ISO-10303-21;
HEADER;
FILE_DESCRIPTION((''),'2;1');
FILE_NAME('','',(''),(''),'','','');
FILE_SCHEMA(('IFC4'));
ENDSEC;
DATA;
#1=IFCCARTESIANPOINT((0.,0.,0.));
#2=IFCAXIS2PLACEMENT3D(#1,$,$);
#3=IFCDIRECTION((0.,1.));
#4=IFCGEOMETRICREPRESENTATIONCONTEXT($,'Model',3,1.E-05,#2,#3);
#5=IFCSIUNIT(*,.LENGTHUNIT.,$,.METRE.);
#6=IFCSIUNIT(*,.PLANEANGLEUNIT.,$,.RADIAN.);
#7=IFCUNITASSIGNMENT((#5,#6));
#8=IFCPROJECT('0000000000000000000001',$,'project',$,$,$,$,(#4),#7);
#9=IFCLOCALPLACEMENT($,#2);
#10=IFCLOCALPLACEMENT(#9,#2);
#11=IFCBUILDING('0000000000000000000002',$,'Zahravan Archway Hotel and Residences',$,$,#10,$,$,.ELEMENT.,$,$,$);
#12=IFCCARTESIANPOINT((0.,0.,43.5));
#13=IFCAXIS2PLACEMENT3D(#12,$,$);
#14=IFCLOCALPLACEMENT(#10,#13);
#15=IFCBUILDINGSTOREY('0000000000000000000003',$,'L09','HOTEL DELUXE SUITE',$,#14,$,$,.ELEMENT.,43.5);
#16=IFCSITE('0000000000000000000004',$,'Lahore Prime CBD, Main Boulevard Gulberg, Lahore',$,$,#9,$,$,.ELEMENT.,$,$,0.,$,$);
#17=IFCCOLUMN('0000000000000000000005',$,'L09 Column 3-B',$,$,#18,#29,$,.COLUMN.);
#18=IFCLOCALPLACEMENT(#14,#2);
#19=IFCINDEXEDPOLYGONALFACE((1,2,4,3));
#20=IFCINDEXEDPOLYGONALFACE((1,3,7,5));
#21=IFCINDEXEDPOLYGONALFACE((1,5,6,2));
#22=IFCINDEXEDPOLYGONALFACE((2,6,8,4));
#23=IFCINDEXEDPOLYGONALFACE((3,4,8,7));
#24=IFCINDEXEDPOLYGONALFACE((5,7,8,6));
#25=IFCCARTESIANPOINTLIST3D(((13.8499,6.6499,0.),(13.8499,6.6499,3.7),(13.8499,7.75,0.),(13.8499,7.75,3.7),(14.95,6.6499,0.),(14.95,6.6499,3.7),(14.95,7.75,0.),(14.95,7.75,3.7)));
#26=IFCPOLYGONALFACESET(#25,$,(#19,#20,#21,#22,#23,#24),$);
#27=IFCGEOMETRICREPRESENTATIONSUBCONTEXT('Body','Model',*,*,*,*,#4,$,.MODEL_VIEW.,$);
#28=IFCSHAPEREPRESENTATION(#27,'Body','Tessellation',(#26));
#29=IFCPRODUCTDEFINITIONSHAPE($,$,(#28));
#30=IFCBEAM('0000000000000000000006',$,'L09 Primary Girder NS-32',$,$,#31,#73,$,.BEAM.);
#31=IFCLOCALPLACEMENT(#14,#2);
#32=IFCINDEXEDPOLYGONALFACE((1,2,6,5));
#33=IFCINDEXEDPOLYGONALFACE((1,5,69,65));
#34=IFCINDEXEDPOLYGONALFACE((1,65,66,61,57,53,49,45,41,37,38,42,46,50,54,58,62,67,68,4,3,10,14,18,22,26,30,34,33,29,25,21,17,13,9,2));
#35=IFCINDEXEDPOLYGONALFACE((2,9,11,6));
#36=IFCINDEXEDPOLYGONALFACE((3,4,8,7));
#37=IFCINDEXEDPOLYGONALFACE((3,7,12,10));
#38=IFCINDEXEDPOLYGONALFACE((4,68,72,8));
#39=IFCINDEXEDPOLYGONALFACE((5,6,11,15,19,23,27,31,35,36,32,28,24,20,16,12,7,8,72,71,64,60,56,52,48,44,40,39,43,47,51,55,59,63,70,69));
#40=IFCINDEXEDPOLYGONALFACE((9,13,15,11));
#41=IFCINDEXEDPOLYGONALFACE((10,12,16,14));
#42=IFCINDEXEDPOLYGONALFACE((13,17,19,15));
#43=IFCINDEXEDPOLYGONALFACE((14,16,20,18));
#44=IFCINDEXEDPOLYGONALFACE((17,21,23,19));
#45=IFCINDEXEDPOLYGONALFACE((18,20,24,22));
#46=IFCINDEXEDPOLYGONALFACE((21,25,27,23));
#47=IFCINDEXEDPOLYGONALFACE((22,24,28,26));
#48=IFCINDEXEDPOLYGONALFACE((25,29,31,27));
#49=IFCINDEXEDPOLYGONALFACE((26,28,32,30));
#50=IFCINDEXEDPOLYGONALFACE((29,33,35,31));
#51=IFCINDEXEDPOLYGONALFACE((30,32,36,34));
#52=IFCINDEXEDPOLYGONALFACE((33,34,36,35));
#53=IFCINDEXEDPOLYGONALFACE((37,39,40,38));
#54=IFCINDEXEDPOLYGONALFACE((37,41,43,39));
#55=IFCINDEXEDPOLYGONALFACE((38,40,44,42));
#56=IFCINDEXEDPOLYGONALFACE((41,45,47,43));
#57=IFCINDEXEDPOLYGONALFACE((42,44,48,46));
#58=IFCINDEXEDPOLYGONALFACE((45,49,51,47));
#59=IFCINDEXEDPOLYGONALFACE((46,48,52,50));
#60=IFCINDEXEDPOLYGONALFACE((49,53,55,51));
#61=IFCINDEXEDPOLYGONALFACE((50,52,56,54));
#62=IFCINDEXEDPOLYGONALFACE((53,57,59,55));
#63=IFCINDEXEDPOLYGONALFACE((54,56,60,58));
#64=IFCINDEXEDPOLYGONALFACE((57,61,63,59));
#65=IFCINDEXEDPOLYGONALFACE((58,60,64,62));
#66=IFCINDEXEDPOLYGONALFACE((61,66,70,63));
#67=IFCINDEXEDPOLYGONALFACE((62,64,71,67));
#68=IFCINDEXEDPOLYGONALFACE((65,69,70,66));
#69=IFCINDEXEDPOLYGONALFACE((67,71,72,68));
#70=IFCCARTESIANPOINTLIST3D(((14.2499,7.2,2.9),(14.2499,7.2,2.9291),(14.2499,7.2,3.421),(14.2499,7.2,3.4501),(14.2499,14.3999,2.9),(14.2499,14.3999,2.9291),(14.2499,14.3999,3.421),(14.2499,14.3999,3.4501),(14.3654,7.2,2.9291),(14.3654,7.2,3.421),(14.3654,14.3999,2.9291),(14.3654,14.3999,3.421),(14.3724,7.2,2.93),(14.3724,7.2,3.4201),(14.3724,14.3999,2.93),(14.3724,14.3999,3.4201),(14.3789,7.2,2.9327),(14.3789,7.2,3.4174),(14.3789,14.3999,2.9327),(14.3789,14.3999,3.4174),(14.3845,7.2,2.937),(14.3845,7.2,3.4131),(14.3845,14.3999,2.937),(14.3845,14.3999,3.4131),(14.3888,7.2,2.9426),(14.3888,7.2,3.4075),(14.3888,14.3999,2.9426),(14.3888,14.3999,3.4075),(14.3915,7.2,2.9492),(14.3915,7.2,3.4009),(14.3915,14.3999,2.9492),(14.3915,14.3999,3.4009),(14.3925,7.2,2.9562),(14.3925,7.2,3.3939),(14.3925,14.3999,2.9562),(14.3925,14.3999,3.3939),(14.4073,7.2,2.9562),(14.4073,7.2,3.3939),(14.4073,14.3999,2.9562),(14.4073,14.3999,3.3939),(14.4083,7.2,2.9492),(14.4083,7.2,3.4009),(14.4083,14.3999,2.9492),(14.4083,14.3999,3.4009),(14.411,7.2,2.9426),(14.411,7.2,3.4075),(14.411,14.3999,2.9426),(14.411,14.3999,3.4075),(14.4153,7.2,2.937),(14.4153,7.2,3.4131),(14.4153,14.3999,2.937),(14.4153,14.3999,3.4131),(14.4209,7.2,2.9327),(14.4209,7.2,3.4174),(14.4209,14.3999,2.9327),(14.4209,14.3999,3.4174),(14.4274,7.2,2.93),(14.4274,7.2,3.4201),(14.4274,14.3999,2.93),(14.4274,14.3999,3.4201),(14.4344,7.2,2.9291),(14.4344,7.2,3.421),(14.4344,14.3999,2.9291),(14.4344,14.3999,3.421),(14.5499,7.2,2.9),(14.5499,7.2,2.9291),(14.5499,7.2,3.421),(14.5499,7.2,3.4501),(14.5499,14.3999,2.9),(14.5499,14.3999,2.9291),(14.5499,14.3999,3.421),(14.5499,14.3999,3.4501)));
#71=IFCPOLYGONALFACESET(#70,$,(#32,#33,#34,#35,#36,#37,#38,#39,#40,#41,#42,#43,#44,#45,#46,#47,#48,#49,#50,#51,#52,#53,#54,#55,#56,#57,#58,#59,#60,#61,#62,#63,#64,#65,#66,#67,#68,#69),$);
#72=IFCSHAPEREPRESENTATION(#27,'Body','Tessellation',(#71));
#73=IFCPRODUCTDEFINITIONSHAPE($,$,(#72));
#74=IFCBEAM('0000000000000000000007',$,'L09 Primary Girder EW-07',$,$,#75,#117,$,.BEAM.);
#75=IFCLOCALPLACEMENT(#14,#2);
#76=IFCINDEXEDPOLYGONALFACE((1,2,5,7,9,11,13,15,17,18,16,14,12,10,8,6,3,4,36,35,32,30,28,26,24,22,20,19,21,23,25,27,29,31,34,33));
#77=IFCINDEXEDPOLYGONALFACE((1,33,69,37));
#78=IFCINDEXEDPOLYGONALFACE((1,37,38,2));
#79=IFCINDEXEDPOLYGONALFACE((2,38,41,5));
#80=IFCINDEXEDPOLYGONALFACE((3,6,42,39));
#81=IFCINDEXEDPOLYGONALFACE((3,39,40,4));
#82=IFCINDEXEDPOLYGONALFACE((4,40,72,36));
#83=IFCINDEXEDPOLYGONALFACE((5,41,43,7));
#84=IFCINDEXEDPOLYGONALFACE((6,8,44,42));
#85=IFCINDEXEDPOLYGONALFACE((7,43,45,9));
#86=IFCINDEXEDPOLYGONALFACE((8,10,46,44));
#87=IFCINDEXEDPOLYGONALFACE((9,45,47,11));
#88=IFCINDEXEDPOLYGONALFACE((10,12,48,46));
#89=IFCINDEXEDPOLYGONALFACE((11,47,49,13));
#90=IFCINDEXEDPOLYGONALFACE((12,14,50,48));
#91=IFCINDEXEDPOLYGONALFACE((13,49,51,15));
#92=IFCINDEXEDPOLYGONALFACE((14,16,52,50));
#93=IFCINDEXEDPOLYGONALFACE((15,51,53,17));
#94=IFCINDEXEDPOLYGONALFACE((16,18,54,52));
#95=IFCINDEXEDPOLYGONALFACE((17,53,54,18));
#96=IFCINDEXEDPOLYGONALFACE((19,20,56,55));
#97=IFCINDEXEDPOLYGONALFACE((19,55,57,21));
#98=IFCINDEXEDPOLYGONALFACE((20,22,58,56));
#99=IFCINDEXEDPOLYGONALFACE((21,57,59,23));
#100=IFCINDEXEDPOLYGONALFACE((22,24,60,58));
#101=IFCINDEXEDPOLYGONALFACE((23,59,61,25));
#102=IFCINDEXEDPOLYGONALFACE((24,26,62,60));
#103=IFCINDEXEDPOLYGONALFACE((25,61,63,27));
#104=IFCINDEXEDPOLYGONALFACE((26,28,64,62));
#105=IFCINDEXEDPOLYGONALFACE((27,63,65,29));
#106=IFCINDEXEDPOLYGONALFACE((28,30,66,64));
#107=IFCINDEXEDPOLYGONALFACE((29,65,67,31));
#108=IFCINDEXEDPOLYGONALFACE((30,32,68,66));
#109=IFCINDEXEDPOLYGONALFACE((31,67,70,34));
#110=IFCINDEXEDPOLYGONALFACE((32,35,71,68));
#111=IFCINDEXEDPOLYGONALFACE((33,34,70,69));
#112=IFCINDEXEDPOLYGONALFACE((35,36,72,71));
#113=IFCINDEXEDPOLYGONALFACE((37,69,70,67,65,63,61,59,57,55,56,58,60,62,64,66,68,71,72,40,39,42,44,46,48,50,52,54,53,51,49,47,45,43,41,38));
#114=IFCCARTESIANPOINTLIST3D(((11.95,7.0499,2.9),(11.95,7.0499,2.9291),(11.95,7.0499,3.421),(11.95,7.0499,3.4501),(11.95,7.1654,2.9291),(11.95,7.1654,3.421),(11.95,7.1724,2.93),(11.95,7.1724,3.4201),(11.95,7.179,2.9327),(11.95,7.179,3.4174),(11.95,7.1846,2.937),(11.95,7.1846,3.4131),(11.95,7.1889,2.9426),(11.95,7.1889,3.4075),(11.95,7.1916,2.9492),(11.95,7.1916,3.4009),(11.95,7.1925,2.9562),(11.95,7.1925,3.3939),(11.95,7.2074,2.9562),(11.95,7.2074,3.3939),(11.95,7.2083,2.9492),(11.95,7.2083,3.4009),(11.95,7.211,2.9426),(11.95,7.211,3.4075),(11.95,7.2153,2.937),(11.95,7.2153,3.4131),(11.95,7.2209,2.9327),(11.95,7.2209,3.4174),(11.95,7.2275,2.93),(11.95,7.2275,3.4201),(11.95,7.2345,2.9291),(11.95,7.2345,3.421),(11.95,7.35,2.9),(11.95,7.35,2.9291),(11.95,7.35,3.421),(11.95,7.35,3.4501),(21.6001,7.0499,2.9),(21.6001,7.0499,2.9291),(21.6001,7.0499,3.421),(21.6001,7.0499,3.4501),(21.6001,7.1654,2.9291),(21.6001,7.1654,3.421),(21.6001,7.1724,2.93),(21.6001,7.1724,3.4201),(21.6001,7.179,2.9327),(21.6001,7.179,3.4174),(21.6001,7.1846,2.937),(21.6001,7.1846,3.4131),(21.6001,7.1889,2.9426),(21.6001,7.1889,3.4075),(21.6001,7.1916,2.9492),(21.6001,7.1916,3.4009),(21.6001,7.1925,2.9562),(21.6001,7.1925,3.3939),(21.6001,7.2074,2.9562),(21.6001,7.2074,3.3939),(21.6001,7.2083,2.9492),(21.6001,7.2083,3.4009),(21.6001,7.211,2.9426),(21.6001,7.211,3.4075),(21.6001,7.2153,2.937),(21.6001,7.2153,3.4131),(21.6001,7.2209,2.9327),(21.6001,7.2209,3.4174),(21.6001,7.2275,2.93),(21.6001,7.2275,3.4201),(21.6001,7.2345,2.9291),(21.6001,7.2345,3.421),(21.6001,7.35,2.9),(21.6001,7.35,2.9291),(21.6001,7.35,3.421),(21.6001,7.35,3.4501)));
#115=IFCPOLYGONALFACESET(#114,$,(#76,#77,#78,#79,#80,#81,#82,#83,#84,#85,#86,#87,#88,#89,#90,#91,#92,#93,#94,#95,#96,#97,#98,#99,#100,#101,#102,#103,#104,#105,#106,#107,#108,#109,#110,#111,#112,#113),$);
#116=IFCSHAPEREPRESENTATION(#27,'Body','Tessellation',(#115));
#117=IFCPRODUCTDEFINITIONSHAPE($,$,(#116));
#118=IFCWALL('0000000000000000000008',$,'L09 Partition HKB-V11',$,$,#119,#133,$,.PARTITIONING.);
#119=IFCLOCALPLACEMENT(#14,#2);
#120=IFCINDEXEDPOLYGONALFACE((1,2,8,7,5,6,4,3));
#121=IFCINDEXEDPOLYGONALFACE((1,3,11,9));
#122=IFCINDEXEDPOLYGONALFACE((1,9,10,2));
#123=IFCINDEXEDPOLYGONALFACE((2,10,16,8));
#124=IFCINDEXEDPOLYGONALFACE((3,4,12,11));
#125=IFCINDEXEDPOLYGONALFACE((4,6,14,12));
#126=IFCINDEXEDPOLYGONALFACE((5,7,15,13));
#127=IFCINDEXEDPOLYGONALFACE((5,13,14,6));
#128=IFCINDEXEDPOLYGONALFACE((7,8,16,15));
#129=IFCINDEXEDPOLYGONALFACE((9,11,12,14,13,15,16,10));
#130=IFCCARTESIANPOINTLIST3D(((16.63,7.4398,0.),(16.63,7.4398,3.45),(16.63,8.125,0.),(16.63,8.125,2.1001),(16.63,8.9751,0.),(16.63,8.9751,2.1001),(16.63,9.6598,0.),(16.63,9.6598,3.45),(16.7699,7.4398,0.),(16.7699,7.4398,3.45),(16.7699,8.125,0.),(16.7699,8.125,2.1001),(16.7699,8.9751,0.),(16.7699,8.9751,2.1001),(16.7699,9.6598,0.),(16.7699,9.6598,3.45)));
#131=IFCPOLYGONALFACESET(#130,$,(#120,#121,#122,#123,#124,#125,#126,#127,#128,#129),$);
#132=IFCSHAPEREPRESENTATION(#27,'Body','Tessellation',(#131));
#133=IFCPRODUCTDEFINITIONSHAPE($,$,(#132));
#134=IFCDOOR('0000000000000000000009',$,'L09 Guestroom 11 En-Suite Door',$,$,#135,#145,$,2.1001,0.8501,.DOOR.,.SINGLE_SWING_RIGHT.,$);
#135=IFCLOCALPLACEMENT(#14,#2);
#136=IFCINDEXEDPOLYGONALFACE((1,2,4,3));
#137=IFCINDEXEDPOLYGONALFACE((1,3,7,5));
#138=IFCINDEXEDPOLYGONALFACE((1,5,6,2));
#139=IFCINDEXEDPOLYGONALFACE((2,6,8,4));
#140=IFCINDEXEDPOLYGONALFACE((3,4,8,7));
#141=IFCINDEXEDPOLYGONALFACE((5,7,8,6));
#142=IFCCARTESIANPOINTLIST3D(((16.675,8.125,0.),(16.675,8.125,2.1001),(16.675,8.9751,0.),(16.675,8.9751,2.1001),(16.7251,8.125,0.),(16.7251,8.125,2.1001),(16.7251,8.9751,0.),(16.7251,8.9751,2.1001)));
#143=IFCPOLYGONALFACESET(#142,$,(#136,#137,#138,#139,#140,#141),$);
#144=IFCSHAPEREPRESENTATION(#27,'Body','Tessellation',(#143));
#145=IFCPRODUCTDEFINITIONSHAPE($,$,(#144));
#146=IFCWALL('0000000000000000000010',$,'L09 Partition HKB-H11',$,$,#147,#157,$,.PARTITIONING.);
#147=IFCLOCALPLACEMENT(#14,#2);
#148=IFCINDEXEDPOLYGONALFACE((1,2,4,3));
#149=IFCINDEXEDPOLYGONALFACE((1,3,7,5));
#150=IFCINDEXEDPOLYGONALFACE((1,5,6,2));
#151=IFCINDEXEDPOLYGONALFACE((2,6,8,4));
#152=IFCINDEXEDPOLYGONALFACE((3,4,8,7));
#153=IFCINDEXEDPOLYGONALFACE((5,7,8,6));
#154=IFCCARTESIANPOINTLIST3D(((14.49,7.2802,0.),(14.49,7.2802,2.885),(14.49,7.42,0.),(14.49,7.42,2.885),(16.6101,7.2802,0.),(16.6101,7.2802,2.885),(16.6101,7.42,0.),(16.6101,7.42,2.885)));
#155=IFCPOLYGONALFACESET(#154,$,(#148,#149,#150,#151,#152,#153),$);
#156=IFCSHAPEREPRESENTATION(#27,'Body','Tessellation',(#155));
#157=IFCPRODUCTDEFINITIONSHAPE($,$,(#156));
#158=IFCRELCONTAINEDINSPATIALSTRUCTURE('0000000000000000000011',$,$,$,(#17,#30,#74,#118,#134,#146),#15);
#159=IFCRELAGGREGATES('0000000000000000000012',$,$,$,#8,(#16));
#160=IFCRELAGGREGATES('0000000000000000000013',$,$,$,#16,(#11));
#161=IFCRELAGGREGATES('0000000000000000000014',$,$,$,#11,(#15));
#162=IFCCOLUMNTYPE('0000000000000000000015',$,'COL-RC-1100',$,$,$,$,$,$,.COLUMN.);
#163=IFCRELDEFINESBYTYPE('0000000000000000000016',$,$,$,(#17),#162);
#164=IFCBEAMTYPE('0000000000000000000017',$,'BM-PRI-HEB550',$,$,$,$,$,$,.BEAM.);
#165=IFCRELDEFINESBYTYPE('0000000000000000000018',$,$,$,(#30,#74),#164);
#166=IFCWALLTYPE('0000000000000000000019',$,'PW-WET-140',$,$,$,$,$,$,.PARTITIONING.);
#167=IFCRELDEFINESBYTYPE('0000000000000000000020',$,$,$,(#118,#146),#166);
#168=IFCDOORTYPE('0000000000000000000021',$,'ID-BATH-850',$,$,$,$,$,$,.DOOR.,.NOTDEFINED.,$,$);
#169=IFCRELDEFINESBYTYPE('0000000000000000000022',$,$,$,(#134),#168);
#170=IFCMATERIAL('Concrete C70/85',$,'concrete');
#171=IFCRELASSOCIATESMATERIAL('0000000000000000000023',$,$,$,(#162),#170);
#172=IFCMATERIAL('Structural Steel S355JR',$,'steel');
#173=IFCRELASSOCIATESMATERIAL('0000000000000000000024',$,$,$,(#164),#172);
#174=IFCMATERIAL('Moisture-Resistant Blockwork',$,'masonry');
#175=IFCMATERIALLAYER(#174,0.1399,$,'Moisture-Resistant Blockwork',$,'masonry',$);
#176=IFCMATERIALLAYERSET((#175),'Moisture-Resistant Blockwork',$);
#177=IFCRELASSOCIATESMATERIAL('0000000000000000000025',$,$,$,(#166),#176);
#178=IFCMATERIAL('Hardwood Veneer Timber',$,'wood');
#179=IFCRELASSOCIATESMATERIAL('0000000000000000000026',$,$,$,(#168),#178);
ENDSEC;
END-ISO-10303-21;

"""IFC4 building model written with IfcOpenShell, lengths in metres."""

from ifc_helpers import new_model, si_unit, direction, frame, frame_2d, origin, origin_2d, place, context, subcontext, project, spatial, rectangle, i_section, extrude, source, transform, mapped, material, layer, layer_set, material_profile, profile_set, type_object, type_shapes, element, fill, save


model = new_model("IFC4")

# Units and contexts
model_context = context("Model", 3, precision=1e-05, world=origin(), true_north=direction((0.0, 1.0)))
body_context = subcontext(model_context, "Body", "Model", "MODEL_VIEW")
ifc_project = project(units=[si_unit("LENGTHUNIT", "METRE"), si_unit("PLANEANGLEUNIT", "RADIAN")], contexts=[model_context])

# Site, building, storey
site_placement = place(None, origin())
site = spatial("IfcSite", under=ifc_project, at=site_placement, Name="Lahore Prime CBD, Main Boulevard Gulberg, Lahore", CompositionType="ELEMENT", RefElevation=0.0)
building_placement = place(site_placement, origin())
building = spatial("IfcBuilding", under=site, at=building_placement, Name="Zahravan Archway Hotel and Residences", CompositionType="ELEMENT")
storey_placement = place(building_placement, frame((0.0, 0.0, 43.5)))
storey = spatial("IfcBuildingStorey", under=building, at=storey_placement, Name="L09", Description="HOTEL DELUXE SUITE", CompositionType="ELEMENT", Elevation=43.5)

# Column
ifc_material_1 = material(Name="Concrete C70/85", Category="concrete")
ifc_material_profile_1 = material_profile(ifc_material_1, rectangle(XDim=1.1001, YDim=1.1001, at=origin_2d()), Name="RC 1100x1100", Category="concrete")
ifc_profile_set_1 = profile_set([ifc_material_profile_1], Name="Concrete C70/85")
column_type = type_object("IfcColumnType", Name="COL-RC-1100", PredefinedType="COLUMN", material=ifc_profile_set_1)
shared_shape_1 = source(origin(), body_context, "Body", "SweptSolid", [
    extrude(rectangle(XDim=1.1001, YDim=1.1001, at=origin_2d()), origin(), (0.0, 0.0, 1.0), 3.7),
])
column_placement = place(storey_placement, frame((14.3999, 7.2, 0.0), z_axis=(0.0, 0.0, 1.0), x_axis=(1.0, 0.0, 0.0)))
element("IfcColumn", 1, at=column_placement, inside=storey, type_object=column_type, Name="L09 Column 3-B", PredefinedType="COLUMN", context=body_context, shape_type="MappedRepresentation", body=[
    mapped(shared_shape_1, transform((0.0, 0.0, 0.0), scale=1.0)),
])

# Beams
ifc_material_2 = material(Name="Structural Steel S355JR", Category="steel")
ifc_material_profile_2 = material_profile(ifc_material_2, i_section(OverallWidth=0.3, OverallDepth=0.55, WebThickness=0.0149, FlangeThickness=0.0291, FilletRadius=0.0271, at=origin_2d()), Name="HEB 550", Category="steel")
ifc_profile_set_2 = profile_set([ifc_material_profile_2], Name="Structural Steel S355JR")
beam_type = type_object("IfcBeamType", Name="BM-PRI-HEB550", PredefinedType="BEAM", material=ifc_profile_set_2)
shared_shape_2 = source(origin(), body_context, "Body", "SweptSolid", [
    extrude(i_section(OverallWidth=0.3, OverallDepth=0.55, WebThickness=0.0149, FlangeThickness=0.0291, FilletRadius=0.0271, at=origin_2d()), origin(), (0.0, 0.0, 1.0), 7.2),
])
beam_1_placement = place(storey_placement, frame((14.3999, 7.2, 3.175), z_axis=(0.0, 1.0, 0.0), x_axis=(-1.0, 0.0, 0.0)))
element("IfcBeam", 2, at=beam_1_placement, inside=storey, type_object=beam_type, Name="L09 Primary Girder NS-32", PredefinedType="BEAM", context=body_context, shape_type="MappedRepresentation", body=[
    mapped(shared_shape_2, transform((0.0, 0.0, 0.0), scale=1.0)),
])
shared_shape_3 = source(origin(), body_context, "Body", "SweptSolid", [
    extrude(i_section(OverallWidth=0.3, OverallDepth=0.55, WebThickness=0.0149, FlangeThickness=0.0291, FilletRadius=0.0271, at=origin_2d()), origin(), (0.0, 0.0, 1.0), 9.6501),
])
beam_2_placement = place(storey_placement, frame((11.95, 7.2, 3.175), z_axis=(1.0, 0.0, 0.0), x_axis=(0.0, 1.0, 0.0)))
element("IfcBeam", 3, at=beam_2_placement, inside=storey, type_object=beam_type, Name="L09 Primary Girder EW-07", PredefinedType="BEAM", context=body_context, shape_type="MappedRepresentation", body=[
    mapped(shared_shape_3, transform((0.0, 0.0, 0.0), scale=1.0)),
])

# Wall, opening, door
ifc_material_3 = material(Name="Moisture-Resistant Blockwork", Category="masonry")
ifc_layer = layer(ifc_material_3, 0.1399, Name="Moisture-Resistant Blockwork", Category="masonry")
ifc_layer_set = layer_set([ifc_layer], Name="Moisture-Resistant Blockwork")
wall_type = type_object("IfcWallType", Name="PW-WET-140", PredefinedType="PARTITIONING", material=ifc_layer_set)
wall_1_placement = place(storey_placement, frame((16.7, 7.4399, 0.0), z_axis=(0.0, 0.0, 1.0), x_axis=(0.0, 1.0, 0.0)))
wall_1 = element("IfcWall", 4, at=wall_1_placement, inside=storey, type_object=wall_type, Name="L09 Partition HKB-V11", PredefinedType="PARTITIONING", context=body_context, shape_type="SweptSolid", body=[
    extrude(rectangle(XDim=2.22, YDim=0.1399, at=frame_2d((1.1099, 0.0))), origin(), (0.0, 0.0, 1.0), 3.45),
])
opening_placement = place(wall_1_placement, frame((0.6851, 0.0, 0.0)))
opening = element("IfcOpeningElement", 5, at=opening_placement, cuts=wall_1, PredefinedType="OPENING", context=body_context, shape_type="SweptSolid", body=[
    extrude(rectangle(XDim=0.8501, YDim=2.1001, at=frame_2d((0.425, 1.05))), frame((0.0, 0.0801, 0.0), z_axis=(0.0, -1.0, 0.0), x_axis=(1.0, 0.0, 0.0)), (0.0, 0.0, 1.0), 0.1599),
])
ifc_material_4 = material(Name="Hardwood Veneer Timber", Category="wood")
door_type = type_object("IfcDoorType", Name="ID-BATH-850", OperationType="NOTDEFINED", PredefinedType="DOOR", material=ifc_material_4)
shared_shape_4 = source(origin(), body_context, "Body", "SweptSolid", [
    extrude(rectangle(XDim=0.8501, YDim=2.1001, at=frame_2d((0.425, 1.05))), frame((0.0, 0.0249, 0.0), z_axis=(0.0, -1.0, 0.0), x_axis=(1.0, 0.0, 0.0)), (0.0, 0.0, 1.0), 0.05),
])
type_shapes(door_type, [shared_shape_4])
door_placement = place(opening_placement, origin())
door = element("IfcDoor", 6, at=door_placement, inside=storey, type_object=door_type, Name="L09 Guestroom 11 En-Suite Door", OperationType="SINGLE_SWING_RIGHT", OverallHeight=2.1001, OverallWidth=0.8501, PredefinedType="DOOR", context=body_context, shape_type="MappedRepresentation", body=[
    mapped(shared_shape_4, transform((0.0, 0.0, 0.0), scale=1.0)),
])
fill(opening, door)

# Wall
wall_2_placement = place(storey_placement, frame((14.49, 7.3501, 0.0), z_axis=(0.0, 0.0, 1.0), x_axis=(1.0, 0.0, 0.0)))
element("IfcWall", 7, at=wall_2_placement, inside=storey, type_object=wall_type, Name="L09 Partition HKB-H11", PredefinedType="PARTITIONING", context=body_context, shape_type="SweptSolid", body=[
    extrude(rectangle(XDim=2.1201, YDim=0.1399, at=frame_2d((1.0601, 0.0))), origin(), (0.0, 0.0, 1.0), 2.885),
])

save(model, "model.ifc")
